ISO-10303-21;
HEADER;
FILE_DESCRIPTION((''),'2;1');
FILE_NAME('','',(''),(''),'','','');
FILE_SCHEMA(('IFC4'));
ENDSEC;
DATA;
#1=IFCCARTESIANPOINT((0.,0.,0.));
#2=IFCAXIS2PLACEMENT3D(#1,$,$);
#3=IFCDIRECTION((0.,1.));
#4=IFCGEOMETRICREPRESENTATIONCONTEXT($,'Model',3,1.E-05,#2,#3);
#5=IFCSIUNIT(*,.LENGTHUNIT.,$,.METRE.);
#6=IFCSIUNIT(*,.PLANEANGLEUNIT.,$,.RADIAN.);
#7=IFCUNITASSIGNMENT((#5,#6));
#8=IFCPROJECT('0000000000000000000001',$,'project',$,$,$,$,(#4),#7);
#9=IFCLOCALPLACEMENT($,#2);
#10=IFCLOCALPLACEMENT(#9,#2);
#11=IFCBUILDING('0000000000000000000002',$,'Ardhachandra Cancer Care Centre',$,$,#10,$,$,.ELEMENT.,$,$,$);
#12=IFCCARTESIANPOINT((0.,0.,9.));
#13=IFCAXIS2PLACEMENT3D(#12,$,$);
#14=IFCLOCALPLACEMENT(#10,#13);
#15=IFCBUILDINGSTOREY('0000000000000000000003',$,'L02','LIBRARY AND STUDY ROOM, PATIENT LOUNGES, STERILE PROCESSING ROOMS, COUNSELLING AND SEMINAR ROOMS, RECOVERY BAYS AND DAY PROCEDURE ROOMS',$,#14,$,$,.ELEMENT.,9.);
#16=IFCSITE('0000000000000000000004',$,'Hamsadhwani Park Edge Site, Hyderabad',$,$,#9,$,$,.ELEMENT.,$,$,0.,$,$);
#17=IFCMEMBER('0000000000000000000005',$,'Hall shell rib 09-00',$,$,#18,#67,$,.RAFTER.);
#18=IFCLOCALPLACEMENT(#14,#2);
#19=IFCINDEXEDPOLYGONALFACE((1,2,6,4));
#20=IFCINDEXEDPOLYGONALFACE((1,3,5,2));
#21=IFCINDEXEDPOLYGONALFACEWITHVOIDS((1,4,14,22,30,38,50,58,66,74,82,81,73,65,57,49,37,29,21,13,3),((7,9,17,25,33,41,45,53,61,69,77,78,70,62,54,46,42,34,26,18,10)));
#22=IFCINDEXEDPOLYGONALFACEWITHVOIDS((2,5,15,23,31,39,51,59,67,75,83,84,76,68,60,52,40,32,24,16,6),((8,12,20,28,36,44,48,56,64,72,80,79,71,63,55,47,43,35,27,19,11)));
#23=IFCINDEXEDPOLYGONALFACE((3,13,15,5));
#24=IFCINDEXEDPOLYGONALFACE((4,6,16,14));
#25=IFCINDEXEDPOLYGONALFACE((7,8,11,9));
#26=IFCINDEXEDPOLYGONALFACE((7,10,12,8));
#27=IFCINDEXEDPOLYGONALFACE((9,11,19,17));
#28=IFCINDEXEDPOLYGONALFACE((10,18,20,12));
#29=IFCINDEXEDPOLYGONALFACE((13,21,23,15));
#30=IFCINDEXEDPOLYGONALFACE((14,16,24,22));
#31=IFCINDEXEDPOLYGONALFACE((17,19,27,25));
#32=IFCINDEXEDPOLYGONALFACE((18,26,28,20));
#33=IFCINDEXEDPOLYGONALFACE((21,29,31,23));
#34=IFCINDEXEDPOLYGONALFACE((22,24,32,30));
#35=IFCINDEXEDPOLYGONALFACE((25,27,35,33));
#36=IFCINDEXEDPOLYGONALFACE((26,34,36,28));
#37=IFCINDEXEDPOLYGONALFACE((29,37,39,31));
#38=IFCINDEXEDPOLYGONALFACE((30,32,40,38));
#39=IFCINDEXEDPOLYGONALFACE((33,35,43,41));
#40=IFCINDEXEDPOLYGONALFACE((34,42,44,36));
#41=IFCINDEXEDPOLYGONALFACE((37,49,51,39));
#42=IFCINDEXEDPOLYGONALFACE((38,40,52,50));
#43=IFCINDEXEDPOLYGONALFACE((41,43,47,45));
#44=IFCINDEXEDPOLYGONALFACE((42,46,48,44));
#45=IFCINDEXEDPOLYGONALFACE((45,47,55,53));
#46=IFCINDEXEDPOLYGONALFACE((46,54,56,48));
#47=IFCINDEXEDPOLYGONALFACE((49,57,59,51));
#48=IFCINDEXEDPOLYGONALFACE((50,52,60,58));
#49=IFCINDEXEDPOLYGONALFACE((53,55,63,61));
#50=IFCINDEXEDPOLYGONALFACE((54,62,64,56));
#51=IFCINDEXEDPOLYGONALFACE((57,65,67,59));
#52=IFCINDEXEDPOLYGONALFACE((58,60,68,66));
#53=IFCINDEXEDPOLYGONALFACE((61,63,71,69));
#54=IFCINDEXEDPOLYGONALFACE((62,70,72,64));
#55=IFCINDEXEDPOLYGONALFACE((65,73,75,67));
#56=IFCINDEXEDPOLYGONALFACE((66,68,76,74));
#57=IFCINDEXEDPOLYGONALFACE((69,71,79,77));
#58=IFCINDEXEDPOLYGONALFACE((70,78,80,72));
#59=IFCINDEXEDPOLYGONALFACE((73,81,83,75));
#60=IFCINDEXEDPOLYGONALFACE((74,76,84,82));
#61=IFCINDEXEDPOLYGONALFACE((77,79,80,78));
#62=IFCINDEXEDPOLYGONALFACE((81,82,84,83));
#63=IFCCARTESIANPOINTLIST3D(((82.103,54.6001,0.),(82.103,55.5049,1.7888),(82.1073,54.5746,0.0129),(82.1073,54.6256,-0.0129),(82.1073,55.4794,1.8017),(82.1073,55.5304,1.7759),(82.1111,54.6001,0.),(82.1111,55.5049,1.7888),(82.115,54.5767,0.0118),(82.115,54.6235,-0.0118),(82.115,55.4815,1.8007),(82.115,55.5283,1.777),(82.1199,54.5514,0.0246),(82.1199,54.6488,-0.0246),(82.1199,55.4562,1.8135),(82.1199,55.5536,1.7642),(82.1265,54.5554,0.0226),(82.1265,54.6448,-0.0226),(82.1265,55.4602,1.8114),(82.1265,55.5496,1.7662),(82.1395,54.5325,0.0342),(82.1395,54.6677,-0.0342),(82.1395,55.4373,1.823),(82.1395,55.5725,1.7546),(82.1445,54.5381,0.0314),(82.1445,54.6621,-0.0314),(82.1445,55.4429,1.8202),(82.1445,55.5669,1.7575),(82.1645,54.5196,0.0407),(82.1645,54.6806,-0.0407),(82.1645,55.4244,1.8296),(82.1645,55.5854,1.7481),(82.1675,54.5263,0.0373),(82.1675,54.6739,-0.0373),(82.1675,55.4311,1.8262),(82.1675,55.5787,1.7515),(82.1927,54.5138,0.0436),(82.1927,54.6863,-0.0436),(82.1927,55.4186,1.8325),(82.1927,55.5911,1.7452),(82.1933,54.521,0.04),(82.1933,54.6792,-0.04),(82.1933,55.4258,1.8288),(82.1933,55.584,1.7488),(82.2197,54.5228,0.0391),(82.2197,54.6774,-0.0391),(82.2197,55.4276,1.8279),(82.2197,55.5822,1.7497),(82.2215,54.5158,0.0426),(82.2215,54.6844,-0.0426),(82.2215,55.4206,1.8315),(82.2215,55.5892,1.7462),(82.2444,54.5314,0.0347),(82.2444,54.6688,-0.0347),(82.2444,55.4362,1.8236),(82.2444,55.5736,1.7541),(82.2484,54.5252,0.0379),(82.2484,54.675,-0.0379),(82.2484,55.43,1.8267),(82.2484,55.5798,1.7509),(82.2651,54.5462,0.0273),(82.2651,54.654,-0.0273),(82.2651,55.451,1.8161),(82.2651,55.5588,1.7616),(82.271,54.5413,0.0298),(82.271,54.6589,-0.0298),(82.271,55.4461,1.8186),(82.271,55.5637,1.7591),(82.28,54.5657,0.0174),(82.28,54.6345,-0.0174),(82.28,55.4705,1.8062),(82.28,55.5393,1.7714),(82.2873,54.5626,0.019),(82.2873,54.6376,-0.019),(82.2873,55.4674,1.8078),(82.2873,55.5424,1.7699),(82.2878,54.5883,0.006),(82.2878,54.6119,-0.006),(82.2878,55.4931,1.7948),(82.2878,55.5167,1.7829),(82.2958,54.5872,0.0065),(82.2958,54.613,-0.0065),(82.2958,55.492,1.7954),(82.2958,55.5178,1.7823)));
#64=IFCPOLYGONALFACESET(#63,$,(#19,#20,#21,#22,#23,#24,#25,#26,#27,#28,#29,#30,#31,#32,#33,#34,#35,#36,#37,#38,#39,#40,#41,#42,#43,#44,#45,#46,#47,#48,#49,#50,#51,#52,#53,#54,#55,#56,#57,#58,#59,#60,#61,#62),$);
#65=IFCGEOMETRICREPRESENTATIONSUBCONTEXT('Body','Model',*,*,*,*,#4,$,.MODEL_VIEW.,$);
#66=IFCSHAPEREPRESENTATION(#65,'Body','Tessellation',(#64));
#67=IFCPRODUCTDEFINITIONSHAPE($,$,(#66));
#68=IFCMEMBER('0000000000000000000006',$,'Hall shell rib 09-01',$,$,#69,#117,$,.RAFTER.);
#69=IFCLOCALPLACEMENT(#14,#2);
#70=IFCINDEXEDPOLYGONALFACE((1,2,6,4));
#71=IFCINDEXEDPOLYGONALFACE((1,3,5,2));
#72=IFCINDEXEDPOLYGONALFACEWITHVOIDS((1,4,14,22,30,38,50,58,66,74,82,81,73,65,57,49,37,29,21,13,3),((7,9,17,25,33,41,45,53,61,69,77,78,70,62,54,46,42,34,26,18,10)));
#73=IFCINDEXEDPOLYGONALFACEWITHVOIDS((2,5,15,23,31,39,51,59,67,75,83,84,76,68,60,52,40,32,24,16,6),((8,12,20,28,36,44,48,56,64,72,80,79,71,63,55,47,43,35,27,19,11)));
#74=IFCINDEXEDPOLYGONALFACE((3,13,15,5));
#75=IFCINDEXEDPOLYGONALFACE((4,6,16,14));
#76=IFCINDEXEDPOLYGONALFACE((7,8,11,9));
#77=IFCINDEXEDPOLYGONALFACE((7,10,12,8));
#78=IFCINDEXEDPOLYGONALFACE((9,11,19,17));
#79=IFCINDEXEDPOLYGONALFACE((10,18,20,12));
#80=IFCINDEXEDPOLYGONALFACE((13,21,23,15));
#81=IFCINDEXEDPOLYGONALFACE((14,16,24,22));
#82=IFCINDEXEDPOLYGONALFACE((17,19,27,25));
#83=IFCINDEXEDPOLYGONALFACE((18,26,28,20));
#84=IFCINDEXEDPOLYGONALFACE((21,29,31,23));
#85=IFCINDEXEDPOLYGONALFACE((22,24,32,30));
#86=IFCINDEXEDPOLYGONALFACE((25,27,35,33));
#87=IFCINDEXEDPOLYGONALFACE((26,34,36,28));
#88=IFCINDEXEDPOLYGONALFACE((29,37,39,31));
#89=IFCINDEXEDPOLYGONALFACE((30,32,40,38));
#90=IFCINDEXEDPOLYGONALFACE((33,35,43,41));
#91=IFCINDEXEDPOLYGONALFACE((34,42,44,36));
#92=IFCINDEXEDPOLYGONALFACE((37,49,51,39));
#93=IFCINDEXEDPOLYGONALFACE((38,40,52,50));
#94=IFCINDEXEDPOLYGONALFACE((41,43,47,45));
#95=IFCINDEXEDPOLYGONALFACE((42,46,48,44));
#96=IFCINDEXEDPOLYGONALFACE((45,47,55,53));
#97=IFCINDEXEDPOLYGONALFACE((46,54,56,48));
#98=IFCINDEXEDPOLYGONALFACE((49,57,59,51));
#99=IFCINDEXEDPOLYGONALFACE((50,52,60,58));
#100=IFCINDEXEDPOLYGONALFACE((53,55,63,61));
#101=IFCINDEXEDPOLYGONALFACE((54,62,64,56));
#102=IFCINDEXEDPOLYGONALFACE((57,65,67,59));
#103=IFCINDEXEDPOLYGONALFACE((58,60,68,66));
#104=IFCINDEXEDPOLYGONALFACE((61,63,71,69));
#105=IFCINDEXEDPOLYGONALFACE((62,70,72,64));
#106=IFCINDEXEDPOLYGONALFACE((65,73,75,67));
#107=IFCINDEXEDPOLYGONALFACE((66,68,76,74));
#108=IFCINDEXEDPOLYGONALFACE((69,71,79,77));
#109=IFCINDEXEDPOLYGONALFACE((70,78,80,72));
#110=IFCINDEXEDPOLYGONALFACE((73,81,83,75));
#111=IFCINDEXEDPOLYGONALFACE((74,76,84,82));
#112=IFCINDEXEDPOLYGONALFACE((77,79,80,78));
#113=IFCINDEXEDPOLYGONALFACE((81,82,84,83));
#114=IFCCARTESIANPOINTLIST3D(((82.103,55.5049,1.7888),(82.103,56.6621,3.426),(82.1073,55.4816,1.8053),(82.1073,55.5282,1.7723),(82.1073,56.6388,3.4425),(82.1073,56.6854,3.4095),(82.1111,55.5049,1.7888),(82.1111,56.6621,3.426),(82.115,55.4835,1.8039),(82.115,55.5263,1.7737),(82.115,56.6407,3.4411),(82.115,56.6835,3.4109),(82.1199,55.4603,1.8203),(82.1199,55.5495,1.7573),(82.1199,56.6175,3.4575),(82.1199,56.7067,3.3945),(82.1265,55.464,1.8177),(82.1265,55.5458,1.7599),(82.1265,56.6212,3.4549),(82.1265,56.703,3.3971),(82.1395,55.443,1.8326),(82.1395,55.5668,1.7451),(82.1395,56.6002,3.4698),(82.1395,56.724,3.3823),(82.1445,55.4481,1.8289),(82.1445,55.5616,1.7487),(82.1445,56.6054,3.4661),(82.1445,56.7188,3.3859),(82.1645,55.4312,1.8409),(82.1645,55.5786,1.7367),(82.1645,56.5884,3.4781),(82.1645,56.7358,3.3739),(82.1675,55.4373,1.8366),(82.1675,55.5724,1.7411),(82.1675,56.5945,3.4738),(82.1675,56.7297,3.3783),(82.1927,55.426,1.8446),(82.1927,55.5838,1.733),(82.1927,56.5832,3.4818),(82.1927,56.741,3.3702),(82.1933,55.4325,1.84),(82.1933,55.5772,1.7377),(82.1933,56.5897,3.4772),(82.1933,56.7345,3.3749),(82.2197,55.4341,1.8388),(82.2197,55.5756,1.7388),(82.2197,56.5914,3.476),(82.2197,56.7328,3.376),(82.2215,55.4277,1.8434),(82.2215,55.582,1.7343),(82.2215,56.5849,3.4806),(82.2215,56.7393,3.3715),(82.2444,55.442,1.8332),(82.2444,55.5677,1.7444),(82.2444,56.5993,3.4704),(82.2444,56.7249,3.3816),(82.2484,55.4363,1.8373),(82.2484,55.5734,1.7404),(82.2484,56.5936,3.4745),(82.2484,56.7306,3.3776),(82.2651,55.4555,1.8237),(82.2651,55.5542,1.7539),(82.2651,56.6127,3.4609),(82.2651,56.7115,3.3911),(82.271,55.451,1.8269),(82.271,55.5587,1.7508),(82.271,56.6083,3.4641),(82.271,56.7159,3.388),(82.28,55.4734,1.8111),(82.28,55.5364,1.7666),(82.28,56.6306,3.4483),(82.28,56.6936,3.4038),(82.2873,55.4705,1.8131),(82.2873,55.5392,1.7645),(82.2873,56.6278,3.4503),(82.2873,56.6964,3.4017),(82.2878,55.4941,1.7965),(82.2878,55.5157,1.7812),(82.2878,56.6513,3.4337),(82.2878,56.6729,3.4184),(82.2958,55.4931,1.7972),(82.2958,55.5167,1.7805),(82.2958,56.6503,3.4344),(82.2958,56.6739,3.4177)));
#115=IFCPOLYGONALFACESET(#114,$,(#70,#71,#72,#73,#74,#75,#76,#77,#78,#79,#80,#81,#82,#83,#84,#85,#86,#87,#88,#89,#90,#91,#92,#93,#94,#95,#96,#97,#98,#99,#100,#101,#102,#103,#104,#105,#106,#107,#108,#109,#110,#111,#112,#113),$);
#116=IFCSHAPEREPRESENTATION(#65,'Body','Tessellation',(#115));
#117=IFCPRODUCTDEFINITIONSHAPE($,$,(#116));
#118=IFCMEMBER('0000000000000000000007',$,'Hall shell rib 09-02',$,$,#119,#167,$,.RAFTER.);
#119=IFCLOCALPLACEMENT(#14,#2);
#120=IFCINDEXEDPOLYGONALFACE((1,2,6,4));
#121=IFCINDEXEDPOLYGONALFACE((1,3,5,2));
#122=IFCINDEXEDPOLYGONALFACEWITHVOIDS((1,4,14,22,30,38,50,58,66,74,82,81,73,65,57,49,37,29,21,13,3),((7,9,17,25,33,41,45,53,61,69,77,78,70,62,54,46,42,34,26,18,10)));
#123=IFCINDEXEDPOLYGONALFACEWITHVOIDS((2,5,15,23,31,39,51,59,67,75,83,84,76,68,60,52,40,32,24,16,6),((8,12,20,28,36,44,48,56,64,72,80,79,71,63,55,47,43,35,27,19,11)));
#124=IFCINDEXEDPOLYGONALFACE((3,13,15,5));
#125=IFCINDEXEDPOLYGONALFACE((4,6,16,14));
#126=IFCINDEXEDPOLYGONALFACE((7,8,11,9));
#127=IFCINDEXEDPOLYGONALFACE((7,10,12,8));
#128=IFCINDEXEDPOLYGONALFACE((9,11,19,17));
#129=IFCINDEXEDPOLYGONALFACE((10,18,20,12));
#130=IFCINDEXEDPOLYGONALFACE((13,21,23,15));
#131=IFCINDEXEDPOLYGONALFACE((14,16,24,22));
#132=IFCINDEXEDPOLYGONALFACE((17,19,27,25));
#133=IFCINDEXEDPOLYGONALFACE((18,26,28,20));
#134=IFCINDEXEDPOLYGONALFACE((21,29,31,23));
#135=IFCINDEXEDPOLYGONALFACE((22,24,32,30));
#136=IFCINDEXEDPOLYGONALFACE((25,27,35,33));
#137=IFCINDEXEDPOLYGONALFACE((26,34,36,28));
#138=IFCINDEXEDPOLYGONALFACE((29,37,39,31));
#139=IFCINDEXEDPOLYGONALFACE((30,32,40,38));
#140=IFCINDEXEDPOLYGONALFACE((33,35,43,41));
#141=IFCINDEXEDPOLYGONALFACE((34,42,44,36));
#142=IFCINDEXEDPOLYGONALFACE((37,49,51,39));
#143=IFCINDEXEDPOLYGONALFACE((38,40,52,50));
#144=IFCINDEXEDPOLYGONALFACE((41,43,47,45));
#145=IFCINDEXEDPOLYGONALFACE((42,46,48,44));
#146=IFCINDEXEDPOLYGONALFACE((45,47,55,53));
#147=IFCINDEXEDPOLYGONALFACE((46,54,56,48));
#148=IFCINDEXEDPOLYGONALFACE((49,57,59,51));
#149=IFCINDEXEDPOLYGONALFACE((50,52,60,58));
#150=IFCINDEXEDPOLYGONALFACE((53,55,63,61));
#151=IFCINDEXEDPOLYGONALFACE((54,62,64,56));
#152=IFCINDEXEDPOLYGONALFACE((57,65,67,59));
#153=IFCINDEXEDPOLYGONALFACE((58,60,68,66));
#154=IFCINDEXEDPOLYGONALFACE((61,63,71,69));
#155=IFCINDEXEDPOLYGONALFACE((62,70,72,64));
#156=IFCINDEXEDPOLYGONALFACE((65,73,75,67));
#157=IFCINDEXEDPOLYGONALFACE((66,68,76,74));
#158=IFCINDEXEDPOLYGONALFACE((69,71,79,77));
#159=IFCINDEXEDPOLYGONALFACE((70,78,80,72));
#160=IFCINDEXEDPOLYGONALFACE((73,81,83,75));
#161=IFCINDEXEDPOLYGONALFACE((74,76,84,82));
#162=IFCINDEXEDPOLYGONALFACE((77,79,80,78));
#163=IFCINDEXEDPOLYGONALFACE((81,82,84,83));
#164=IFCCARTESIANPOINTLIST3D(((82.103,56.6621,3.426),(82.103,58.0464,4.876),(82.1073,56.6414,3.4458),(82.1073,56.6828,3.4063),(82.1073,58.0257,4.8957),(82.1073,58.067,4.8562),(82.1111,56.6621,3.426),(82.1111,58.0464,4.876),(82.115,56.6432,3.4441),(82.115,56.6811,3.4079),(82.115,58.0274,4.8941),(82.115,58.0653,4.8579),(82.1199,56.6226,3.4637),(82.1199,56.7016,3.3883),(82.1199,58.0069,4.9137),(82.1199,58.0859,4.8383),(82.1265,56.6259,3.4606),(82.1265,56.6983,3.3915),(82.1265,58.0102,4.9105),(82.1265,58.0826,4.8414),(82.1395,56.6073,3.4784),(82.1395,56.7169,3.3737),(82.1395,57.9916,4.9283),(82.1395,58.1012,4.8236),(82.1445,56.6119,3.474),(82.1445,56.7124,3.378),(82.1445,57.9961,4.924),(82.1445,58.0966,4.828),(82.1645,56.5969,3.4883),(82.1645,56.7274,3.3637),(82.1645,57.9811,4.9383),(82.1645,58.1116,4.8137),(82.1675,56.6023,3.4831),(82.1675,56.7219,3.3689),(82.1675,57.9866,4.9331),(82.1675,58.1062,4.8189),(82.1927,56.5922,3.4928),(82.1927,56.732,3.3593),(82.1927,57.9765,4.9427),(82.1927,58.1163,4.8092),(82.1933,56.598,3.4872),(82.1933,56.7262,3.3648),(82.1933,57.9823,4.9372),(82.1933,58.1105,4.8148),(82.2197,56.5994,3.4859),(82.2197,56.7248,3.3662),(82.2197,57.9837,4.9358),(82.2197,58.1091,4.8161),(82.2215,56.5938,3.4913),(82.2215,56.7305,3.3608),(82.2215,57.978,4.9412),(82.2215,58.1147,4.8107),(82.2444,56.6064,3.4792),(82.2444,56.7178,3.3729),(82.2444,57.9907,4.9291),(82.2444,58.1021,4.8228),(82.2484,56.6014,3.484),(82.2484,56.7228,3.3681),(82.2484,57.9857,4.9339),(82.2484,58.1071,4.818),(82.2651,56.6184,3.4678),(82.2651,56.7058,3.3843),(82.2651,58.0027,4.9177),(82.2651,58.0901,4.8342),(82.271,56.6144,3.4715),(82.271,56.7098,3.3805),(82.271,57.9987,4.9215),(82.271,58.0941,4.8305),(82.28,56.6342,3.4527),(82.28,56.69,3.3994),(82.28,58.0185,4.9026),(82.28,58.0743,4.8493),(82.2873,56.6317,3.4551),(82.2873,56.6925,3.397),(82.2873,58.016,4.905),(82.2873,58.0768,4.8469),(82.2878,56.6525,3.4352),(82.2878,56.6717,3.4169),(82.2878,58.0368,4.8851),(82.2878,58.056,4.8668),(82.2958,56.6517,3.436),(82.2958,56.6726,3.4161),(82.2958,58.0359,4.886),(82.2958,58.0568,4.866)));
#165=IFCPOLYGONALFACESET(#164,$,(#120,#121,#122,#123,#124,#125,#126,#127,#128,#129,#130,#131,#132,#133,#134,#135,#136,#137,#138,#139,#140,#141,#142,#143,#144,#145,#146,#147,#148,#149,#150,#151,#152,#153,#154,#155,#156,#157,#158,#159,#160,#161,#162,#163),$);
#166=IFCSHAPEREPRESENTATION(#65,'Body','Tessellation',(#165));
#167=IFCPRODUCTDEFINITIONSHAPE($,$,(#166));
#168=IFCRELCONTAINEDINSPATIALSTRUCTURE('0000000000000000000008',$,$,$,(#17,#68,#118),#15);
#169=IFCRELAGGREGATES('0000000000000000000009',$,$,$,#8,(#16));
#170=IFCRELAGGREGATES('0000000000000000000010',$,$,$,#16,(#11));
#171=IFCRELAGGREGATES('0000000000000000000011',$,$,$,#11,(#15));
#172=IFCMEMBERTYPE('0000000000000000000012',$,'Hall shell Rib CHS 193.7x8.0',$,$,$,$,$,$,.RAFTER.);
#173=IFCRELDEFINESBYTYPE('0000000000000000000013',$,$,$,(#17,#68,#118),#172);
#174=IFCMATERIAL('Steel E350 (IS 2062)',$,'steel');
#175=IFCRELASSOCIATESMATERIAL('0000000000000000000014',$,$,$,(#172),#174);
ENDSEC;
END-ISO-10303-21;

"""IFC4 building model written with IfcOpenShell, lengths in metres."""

from ifc_helpers import new_model, si_unit, direction, frame, origin, origin_2d, place, context, subcontext, project, spatial, hollow_circle, extrude, material, material_profile, profile_set, type_object, element, save


model = new_model("IFC4")

# Units and contexts
model_context = context("Model", 3, precision=1e-05, world=origin(), true_north=direction((0.0, 1.0)))
body_context = subcontext(model_context, "Body", "Model", "MODEL_VIEW")
ifc_project = project(units=[si_unit("LENGTHUNIT", "METRE"), si_unit("PLANEANGLEUNIT", "RADIAN")], contexts=[model_context])

# Site, building, storey
site_placement = place(None, origin())
site = spatial("IfcSite", under=ifc_project, at=site_placement, Name="Hamsadhwani Park Edge Site, Hyderabad", CompositionType="ELEMENT", RefElevation=0.0)
building_placement = place(site_placement, origin())
building = spatial("IfcBuilding", under=site, at=building_placement, Name="Ardhachandra Cancer Care Centre", CompositionType="ELEMENT")
storey_placement = place(building_placement, frame((0.0, 0.0, 9.0)))
storey = spatial("IfcBuildingStorey", under=building, at=storey_placement, Name="L02", Description="LIBRARY AND STUDY ROOM, PATIENT LOUNGES, STERILE PROCESSING ROOMS, COUNSELLING AND SEMINAR ROOMS, RECOVERY BAYS AND DAY PROCEDURE ROOMS", CompositionType="ELEMENT", Elevation=9.0)

# Members
ifc_material_1 = material(Name="Steel E350 (IS 2062)", Category="steel")
ifc_material_profile_1 = material_profile(ifc_material_1, hollow_circle(Radius=0.0969, WallThickness=0.0081, at=origin_2d()), Name="CHS 193.7x8.0")
ifc_profile_set_1 = profile_set([ifc_material_profile_1], Name="Steel E350 (IS 2062)")
member_type_1 = type_object("IfcMemberType", Name="Hall shell Rib CHS 193.7x8.0", PredefinedType="RAFTER", material=ifc_profile_set_1)
member_1_placement = place(storey_placement, frame((82.2, 54.6001, 0.0), z_axis=(0.0, 0.45135, 0.892347), x_axis=(-1.0, 0.0, 0.0)))
element("IfcMember", 1, at=member_1_placement, inside=storey, type_object=member_type_1, Name="Hall shell rib 09-00", PredefinedType="RAFTER", context=body_context, shape_type="SweptSolid", body=[
    extrude(hollow_circle(Radius=0.0969, WallThickness=0.0081, at=origin_2d()), origin(), (0.0, 0.0, 1.0), 2.0046),
])
member_2_placement = place(storey_placement, frame((82.2, 55.5049, 1.7888), z_axis=(0.0, 0.577199, 0.816603), x_axis=(-1.0, 0.0, 0.0)))
element("IfcMember", 2, at=member_2_placement, inside=storey, type_object=member_type_1, Name="Hall shell rib 09-01", PredefinedType="RAFTER", context=body_context, shape_type="SweptSolid", body=[
    extrude(hollow_circle(Radius=0.0969, WallThickness=0.0081, at=origin_2d()), origin(), (0.0, 0.0, 1.0), 2.0049),
])
member_3_placement = place(storey_placement, frame((82.2, 56.6621, 3.426), z_axis=(0.0, 0.690537, 0.723297), x_axis=(-1.0, 0.0, 0.0)))
element("IfcMember", 3, at=member_3_placement, inside=storey, type_object=member_type_1, Name="Hall shell rib 09-02", PredefinedType="RAFTER", context=body_context, shape_type="SweptSolid", body=[
    extrude(hollow_circle(Radius=0.0969, WallThickness=0.0081, at=origin_2d()), origin(), (0.0, 0.0, 1.0), 2.0046),
])

save(model, "model.ifc")
